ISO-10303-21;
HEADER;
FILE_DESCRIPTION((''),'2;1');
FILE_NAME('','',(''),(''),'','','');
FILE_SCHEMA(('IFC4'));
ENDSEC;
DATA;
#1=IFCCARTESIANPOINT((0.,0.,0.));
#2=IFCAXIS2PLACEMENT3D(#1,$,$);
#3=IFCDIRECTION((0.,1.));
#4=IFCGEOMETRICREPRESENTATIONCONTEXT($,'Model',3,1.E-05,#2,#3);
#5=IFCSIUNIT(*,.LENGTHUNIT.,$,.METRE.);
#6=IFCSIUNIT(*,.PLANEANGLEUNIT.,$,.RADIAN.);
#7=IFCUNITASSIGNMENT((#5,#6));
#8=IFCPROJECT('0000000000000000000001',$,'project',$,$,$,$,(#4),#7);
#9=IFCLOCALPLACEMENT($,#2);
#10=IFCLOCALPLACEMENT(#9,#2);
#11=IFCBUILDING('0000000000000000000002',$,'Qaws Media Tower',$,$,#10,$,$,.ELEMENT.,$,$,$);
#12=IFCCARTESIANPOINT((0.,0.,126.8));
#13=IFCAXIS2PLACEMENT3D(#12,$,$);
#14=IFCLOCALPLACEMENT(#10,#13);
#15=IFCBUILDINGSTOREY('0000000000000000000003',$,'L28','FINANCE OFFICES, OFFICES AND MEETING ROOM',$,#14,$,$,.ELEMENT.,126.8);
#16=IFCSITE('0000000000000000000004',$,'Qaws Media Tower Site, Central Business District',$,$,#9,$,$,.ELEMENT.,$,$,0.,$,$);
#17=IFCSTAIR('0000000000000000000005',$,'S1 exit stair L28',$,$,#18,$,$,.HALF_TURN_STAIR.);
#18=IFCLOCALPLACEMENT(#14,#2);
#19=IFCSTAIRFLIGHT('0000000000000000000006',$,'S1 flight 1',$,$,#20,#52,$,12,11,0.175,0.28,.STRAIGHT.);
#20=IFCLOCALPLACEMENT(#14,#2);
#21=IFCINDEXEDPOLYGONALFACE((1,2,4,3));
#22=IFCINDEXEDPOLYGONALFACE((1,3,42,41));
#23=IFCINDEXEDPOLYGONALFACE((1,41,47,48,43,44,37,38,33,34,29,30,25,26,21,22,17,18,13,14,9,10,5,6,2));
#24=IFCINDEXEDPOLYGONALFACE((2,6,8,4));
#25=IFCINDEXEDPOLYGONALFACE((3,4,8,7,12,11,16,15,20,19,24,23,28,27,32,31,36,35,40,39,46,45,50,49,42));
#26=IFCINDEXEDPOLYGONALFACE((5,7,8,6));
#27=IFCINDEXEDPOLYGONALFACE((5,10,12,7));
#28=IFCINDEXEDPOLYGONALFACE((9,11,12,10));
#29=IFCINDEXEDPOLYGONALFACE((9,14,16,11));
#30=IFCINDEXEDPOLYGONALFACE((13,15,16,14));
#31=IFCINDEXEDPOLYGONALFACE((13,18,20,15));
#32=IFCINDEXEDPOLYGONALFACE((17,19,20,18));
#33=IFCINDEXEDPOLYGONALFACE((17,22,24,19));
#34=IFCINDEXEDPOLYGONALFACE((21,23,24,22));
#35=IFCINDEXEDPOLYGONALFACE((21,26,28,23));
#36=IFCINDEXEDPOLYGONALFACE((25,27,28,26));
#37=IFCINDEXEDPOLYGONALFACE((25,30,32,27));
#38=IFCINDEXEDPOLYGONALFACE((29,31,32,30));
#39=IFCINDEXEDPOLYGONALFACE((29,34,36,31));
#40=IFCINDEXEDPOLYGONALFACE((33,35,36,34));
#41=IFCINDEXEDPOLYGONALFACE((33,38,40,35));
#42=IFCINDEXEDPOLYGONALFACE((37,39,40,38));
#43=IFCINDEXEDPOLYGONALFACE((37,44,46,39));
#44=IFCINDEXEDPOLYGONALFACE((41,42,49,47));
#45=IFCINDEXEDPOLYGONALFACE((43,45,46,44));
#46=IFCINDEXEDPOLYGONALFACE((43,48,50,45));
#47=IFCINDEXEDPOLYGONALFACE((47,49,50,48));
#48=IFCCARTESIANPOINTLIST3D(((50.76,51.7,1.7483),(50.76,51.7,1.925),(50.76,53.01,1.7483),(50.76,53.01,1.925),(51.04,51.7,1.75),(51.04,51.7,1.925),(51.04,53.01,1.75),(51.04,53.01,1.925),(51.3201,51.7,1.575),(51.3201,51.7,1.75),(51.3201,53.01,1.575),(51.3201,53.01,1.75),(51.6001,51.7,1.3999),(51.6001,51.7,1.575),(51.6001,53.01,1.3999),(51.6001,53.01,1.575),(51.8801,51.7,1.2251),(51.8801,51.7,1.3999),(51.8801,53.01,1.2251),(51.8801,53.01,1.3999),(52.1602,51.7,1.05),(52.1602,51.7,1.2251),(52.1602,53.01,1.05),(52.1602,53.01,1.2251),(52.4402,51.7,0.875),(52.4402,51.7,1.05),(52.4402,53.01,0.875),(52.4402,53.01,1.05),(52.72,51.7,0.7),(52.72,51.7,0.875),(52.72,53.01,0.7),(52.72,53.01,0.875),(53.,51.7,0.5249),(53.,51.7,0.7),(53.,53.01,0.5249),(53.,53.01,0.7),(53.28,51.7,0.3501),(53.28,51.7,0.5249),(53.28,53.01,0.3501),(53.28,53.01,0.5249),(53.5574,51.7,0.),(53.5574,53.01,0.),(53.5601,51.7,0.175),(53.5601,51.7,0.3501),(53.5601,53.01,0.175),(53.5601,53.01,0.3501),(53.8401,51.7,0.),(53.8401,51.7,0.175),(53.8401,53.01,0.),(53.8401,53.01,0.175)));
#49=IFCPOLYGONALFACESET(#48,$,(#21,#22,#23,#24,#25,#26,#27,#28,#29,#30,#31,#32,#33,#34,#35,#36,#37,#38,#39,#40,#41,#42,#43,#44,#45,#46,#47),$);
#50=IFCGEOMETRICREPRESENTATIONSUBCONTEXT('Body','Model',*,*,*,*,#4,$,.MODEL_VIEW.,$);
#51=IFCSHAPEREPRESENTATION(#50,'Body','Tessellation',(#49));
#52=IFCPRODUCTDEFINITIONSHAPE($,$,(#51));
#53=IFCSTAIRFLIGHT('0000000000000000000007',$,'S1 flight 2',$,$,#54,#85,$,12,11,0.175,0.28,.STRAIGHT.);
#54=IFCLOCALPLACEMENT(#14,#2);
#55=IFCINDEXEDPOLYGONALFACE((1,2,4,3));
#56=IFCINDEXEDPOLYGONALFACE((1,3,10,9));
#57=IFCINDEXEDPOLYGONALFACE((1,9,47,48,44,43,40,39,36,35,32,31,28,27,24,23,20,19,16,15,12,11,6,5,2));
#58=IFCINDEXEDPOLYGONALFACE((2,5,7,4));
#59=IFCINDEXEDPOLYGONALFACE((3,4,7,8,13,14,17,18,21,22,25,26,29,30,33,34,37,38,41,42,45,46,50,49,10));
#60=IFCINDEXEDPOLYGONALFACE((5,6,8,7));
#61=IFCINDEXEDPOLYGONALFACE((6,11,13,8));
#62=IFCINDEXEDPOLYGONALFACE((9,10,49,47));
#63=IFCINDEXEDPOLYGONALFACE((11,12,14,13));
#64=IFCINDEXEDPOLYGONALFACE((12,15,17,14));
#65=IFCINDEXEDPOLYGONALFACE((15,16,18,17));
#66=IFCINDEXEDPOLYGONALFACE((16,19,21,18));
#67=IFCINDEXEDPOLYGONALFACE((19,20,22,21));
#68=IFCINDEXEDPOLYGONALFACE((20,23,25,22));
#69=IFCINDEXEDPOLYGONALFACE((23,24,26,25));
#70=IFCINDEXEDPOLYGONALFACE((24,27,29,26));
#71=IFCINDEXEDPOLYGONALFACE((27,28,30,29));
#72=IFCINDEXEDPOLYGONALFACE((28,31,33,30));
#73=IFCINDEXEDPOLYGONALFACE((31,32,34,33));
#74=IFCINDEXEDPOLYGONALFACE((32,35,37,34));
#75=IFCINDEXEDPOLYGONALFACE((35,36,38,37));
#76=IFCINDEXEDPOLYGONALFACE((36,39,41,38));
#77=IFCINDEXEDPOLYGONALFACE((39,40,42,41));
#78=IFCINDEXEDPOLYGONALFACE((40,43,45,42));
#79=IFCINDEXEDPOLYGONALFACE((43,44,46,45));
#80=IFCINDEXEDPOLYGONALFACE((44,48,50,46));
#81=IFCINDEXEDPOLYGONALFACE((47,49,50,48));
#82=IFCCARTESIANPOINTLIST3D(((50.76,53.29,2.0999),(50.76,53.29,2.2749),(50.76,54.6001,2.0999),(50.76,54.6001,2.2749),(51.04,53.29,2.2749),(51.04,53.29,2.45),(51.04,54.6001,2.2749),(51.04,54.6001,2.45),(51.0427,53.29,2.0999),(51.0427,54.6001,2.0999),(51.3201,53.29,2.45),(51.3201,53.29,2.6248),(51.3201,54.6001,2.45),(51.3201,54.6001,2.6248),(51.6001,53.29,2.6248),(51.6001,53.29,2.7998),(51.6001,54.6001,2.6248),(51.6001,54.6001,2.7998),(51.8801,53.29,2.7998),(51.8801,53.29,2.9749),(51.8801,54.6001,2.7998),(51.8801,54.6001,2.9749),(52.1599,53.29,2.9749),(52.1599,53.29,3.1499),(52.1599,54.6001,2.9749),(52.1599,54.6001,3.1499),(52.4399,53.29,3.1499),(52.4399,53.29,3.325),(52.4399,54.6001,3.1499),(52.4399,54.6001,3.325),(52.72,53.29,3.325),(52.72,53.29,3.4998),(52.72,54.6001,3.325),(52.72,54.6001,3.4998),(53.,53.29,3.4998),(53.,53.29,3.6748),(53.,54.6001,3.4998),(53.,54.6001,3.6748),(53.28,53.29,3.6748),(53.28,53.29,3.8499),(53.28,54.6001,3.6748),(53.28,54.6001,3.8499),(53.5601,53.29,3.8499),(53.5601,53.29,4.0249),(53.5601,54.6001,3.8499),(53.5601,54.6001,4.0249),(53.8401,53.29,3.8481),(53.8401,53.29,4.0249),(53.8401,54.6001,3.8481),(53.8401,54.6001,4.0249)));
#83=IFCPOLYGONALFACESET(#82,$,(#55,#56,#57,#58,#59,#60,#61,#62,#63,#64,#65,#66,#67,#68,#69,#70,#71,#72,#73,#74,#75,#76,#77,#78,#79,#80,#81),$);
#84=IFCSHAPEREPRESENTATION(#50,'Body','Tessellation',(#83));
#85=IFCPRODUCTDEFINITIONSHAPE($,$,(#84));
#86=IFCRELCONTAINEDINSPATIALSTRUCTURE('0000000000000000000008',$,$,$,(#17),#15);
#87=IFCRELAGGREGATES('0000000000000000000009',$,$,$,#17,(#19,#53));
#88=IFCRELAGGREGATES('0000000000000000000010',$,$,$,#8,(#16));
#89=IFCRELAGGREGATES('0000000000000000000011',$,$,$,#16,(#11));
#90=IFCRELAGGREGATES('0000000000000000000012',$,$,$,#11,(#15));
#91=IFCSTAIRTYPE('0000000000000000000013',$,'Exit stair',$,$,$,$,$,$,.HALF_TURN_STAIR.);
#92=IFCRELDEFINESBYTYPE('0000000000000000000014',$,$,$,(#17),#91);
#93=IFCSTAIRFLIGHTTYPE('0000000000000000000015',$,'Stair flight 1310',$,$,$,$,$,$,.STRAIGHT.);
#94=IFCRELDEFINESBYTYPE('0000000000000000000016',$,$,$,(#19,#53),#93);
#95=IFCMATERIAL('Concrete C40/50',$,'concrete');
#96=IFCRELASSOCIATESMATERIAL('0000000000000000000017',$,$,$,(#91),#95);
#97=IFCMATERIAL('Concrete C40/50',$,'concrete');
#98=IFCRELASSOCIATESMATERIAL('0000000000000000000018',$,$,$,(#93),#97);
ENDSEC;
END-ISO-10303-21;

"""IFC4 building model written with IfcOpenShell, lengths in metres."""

from ifc_helpers import new_model, si_unit, direction, frame, origin, place, context, subcontext, project, spatial, polyline, outline, extrude, material, type_object, element, aggregate, save


model = new_model("IFC4")

# Units and contexts
model_context = context("Model", 3, precision=1e-05, world=origin(), true_north=direction((0.0, 1.0)))
body_context = subcontext(model_context, "Body", "Model", "MODEL_VIEW")
ifc_project = project(units=[si_unit("LENGTHUNIT", "METRE"), si_unit("PLANEANGLEUNIT", "RADIAN")], contexts=[model_context])

# Site, building, storey
site_placement = place(None, origin())
site = spatial("IfcSite", under=ifc_project, at=site_placement, Name="Qaws Media Tower Site, Central Business District", CompositionType="ELEMENT", RefElevation=0.0)
building_placement = place(site_placement, origin())
building = spatial("IfcBuilding", under=site, at=building_placement, Name="Qaws Media Tower", CompositionType="ELEMENT")
storey_placement = place(building_placement, frame((0.0, 0.0, 126.8)))
storey = spatial("IfcBuildingStorey", under=building, at=storey_placement, Name="L28", Description="FINANCE OFFICES, OFFICES AND MEETING ROOM", CompositionType="ELEMENT", Elevation=126.8)

# Stair, stair flights
ifc_material_1 = material(Name="Concrete C40/50", Category="concrete")
stair_type = type_object("IfcStairType", Name="Exit stair", PredefinedType="HALF_TURN_STAIR", material=ifc_material_1)
stair_placement = place(storey_placement, origin())
stair = element("IfcStair", 1, at=stair_placement, inside=storey, type_object=stair_type, Name="S1 exit stair L28", PredefinedType="HALF_TURN_STAIR")
ifc_material_2 = material(Name="Concrete C40/50", Category="concrete")
stair_flight_type = type_object("IfcStairFlightType", Name="Stair flight 1310", PredefinedType="STRAIGHT", material=ifc_material_2)
stair_flight_1_placement = place(storey_placement, frame((53.8401, 52.355, 0.0), z_axis=(0.0, 0.0, 1.0), x_axis=(-1.0, 0.0, 0.0)))
stair_flight_1 = element("IfcStairFlight", 2, at=stair_flight_1_placement, type_object=stair_flight_type, Name="S1 flight 1", NumberOfRisers=12, NumberOfTreads=11, PredefinedType="STRAIGHT", RiserHeight=0.175, TreadLength=0.28, context=body_context, shape_type="SweptSolid", body=[
    extrude(outline(polyline([(0.0, 0.0), (0.0, 0.175), (0.28, 0.175), (0.28, 0.3501), (0.5601, 0.3501), (0.5601, 0.5249), (0.8401, 0.5249), (0.8401, 0.7), (1.1201, 0.7), (1.1201, 0.875), (1.3999, 0.875), (1.3999, 1.05), (1.6799, 1.05), (1.6799, 1.2251), (1.96, 1.2251), (1.96, 1.3999), (2.24, 1.3999), (2.24, 1.575), (2.52, 1.575), (2.52, 1.75), (2.8, 1.75), (2.8, 1.925), (3.0801, 1.925), (3.0801, 2.1001), (3.0801, 1.7483), (0.2827, 0.0), (0.0, 0.0)])), frame((0.0, 0.655, 0.0), z_axis=(0.0, -1.0, 0.0), x_axis=(1.0, 0.0, 0.0)), (0.0, 0.0, 1.0), 1.3101),
])
stair_flight_2_placement = place(storey_placement, frame((50.76, 53.9451, 2.0999), z_axis=(0.0, 0.0, 1.0), x_axis=(1.0, 0.0, 0.0)))
stair_flight_2 = element("IfcStairFlight", 3, at=stair_flight_2_placement, type_object=stair_flight_type, Name="S1 flight 2", NumberOfRisers=12, NumberOfTreads=11, PredefinedType="STRAIGHT", RiserHeight=0.175, TreadLength=0.28, context=body_context, shape_type="SweptSolid", body=[
    extrude(outline(polyline([(0.0, 0.0), (0.0, 0.175), (0.28, 0.175), (0.28, 0.3501), (0.5601, 0.3501), (0.5601, 0.5249), (0.8401, 0.5249), (0.8401, 0.7), (1.1201, 0.7), (1.1201, 0.875), (1.3999, 0.875), (1.3999, 1.05), (1.6799, 1.05), (1.6799, 1.2251), (1.96, 1.2251), (1.96, 1.3999), (2.24, 1.3999), (2.24, 1.575), (2.52, 1.575), (2.52, 1.75), (2.8, 1.75), (2.8, 1.925), (3.0801, 1.925), (3.0801, 2.1001), (3.0801, 1.7483), (0.2827, 0.0), (0.0, 0.0)])), frame((0.0, 0.655, 0.0), z_axis=(0.0, -1.0, 0.0), x_axis=(1.0, 0.0, 0.0)), (0.0, 0.0, 1.0), 1.3101),
])
aggregate(stair, [stair_flight_1, stair_flight_2])

save(model, "model.ifc")
